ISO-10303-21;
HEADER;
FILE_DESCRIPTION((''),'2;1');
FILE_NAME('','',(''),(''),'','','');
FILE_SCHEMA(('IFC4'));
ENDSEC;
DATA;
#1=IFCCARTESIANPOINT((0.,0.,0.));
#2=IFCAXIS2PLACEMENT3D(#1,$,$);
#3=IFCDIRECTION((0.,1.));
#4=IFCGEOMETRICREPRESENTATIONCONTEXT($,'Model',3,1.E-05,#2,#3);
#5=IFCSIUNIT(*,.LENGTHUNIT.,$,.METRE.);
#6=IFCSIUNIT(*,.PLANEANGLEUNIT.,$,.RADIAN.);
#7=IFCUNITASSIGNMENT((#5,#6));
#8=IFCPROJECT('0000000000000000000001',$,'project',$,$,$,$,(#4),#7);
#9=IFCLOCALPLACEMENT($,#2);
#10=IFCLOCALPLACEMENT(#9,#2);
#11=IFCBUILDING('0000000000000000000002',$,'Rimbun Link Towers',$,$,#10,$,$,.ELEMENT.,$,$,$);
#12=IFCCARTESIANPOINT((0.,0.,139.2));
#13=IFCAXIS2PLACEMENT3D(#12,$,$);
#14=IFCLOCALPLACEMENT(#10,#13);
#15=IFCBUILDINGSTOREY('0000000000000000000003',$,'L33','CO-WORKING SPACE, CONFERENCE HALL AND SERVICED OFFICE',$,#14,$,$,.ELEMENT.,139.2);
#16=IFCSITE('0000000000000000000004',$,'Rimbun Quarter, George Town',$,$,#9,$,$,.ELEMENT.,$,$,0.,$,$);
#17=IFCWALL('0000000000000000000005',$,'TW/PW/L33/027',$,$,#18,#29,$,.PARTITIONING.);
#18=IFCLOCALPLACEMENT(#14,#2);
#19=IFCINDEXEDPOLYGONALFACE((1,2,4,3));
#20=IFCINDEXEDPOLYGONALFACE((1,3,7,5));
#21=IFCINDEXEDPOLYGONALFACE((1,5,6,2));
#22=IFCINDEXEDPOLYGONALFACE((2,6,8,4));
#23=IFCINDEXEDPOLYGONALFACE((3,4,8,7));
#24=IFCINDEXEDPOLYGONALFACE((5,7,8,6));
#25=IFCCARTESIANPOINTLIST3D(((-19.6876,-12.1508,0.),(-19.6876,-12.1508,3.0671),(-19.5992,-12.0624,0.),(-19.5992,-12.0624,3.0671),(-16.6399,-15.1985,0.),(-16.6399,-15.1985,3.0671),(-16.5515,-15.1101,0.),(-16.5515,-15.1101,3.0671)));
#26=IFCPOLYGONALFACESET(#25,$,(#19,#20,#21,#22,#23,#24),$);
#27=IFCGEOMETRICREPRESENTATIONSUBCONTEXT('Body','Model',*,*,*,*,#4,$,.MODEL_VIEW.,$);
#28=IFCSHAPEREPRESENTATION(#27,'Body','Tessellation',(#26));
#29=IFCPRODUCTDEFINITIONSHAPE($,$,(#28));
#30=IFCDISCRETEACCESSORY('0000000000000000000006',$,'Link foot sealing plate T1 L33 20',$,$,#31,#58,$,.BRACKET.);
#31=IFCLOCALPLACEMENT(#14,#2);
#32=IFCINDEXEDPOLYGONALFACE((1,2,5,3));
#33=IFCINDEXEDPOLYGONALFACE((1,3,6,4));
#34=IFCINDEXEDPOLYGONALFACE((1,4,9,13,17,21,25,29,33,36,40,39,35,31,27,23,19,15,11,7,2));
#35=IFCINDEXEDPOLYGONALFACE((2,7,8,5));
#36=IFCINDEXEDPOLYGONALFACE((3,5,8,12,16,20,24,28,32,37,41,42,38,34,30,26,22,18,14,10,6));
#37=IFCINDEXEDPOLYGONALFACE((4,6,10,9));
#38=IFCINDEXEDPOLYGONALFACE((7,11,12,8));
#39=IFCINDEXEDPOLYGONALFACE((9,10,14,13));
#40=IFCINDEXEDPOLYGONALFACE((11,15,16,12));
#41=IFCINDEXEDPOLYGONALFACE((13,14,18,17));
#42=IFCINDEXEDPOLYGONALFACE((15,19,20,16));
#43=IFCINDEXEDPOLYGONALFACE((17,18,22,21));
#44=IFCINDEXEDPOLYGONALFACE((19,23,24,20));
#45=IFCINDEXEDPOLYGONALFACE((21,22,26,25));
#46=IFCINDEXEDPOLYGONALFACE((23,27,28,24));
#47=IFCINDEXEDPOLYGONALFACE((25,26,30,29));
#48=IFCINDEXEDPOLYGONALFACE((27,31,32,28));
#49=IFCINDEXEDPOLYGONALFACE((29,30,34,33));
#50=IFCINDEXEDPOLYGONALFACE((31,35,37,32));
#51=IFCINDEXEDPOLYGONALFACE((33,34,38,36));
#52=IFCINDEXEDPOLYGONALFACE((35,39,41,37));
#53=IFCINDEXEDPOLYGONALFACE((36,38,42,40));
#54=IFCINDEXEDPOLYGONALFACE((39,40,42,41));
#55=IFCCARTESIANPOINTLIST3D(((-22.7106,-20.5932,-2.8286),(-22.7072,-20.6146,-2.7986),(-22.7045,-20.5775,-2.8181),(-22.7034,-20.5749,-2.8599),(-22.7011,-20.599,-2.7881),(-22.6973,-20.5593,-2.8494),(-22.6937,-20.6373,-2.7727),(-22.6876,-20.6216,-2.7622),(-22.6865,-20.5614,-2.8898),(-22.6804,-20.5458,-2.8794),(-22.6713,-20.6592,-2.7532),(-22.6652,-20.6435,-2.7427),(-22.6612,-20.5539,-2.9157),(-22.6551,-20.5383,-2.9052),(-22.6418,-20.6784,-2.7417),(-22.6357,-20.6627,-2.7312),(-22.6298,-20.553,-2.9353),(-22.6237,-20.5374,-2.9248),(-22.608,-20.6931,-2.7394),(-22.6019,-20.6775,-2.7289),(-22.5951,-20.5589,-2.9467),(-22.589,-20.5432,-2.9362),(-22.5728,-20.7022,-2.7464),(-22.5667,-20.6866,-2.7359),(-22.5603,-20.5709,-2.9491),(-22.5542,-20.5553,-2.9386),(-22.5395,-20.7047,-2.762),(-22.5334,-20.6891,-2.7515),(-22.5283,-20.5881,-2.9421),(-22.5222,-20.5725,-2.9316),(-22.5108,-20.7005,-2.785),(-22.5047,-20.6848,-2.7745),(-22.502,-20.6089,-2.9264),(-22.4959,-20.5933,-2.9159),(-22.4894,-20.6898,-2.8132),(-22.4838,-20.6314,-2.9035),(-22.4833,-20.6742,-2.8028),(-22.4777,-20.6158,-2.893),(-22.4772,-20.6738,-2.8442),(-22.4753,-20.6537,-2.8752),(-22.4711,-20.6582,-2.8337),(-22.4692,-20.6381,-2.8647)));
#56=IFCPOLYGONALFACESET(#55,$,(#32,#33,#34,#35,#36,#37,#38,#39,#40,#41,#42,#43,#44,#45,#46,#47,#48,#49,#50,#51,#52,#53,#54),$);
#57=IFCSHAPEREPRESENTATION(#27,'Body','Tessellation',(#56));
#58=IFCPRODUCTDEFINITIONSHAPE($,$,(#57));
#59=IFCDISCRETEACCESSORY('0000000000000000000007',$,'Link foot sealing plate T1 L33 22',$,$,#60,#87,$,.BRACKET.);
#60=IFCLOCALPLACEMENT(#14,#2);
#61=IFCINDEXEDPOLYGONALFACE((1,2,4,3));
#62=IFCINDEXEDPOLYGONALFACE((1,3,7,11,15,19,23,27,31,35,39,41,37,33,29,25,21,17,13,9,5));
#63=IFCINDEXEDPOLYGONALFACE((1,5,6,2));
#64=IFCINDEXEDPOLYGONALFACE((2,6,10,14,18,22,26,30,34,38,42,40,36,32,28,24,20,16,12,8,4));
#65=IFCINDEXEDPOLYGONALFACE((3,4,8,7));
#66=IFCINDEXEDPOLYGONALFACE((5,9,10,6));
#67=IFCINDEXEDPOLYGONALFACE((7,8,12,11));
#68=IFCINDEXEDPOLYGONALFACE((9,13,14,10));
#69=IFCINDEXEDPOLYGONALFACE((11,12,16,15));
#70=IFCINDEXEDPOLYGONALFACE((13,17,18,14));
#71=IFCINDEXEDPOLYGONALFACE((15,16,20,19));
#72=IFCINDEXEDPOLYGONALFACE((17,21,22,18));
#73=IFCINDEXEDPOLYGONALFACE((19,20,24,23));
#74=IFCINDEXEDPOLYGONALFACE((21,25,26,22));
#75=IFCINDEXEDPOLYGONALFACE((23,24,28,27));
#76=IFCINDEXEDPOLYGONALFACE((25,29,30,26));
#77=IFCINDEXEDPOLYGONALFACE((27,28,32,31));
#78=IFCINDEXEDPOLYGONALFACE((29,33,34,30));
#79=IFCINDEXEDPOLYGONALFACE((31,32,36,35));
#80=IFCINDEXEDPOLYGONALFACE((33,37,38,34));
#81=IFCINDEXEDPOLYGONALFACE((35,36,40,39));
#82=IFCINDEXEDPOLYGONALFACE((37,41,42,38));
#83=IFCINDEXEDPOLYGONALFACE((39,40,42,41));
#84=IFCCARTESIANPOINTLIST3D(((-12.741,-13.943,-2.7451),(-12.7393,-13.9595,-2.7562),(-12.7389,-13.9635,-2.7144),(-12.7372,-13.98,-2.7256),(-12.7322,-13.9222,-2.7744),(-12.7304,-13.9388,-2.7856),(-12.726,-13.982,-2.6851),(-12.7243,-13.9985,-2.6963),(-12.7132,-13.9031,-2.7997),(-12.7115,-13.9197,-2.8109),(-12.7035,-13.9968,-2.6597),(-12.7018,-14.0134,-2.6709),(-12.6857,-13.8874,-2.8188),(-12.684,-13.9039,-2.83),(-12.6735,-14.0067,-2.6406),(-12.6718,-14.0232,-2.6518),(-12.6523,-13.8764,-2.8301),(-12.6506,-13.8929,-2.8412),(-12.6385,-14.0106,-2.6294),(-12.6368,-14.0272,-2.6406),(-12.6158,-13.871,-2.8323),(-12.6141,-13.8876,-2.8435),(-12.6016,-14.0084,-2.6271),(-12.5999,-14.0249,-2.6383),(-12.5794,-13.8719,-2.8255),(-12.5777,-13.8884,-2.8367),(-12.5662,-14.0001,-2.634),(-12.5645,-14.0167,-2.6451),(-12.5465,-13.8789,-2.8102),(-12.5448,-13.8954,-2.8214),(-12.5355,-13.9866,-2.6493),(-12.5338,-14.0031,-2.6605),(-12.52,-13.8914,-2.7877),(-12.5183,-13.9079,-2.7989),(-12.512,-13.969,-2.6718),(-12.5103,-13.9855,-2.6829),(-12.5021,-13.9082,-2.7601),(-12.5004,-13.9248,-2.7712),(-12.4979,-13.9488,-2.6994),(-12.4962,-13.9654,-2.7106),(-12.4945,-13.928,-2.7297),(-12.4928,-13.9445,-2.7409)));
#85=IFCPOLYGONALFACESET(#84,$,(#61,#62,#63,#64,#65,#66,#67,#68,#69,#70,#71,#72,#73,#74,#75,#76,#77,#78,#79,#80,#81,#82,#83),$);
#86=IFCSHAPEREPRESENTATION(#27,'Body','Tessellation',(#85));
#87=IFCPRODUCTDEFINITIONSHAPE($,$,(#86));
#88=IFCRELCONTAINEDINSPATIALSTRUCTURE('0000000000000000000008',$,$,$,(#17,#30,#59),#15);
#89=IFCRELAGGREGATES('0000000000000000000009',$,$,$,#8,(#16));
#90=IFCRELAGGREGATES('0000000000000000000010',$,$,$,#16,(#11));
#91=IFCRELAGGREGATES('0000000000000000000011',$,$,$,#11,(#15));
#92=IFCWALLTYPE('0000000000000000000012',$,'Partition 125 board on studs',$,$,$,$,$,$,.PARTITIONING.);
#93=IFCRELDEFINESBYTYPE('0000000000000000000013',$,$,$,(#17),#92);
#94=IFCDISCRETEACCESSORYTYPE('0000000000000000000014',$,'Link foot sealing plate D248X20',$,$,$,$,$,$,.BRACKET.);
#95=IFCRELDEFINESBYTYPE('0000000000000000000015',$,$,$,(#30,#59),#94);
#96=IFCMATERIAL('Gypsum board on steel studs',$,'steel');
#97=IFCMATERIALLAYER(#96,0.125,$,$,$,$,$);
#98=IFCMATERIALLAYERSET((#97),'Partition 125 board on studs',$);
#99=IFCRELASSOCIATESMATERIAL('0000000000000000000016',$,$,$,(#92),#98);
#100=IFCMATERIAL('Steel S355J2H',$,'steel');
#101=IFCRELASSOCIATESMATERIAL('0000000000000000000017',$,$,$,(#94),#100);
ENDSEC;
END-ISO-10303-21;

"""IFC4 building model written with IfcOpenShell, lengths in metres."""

from ifc_helpers import new_model, si_unit, direction, frame, frame_2d, origin, origin_2d, place, context, subcontext, project, spatial, rectangle, circle, extrude, material, layer, layer_set, material_profile, profile_set, type_object, element, save


model = new_model("IFC4")

# Units and contexts
model_context = context("Model", 3, precision=1e-05, world=origin(), true_north=direction((0.0, 1.0)))
body_context = subcontext(model_context, "Body", "Model", "MODEL_VIEW")
ifc_project = project(units=[si_unit("LENGTHUNIT", "METRE"), si_unit("PLANEANGLEUNIT", "RADIAN")], contexts=[model_context])

# Site, building, storey
site_placement = place(None, origin())
site = spatial("IfcSite", under=ifc_project, at=site_placement, Name="Rimbun Quarter, George Town", CompositionType="ELEMENT", RefElevation=0.0)
building_placement = place(site_placement, origin())
building = spatial("IfcBuilding", under=site, at=building_placement, Name="Rimbun Link Towers", CompositionType="ELEMENT")
storey_placement = place(building_placement, frame((0.0, 0.0, 139.2)))
storey = spatial("IfcBuildingStorey", under=building, at=storey_placement, Name="L33", Description="CO-WORKING SPACE, CONFERENCE HALL AND SERVICED OFFICE", CompositionType="ELEMENT", Elevation=139.2)

# Shared definitions
ifc_material_1 = material(Name="Gypsum board on steel studs", Category="steel")
ifc_layer_1 = layer(ifc_material_1, 0.125)
ifc_layer_set_1 = layer_set([ifc_layer_1], Name="Partition 125 board on studs")
wall_type = type_object("IfcWallType", Name="Partition 125 board on studs", PredefinedType="PARTITIONING", material=ifc_layer_set_1)

# Wall
wall_1_placement = place(storey_placement, frame((-16.5957, -15.1543, 0.0), z_axis=(0.0, 0.0, 1.0), x_axis=(-0.707107, 0.707107, 0.0)))
element("IfcWall", 1, at=wall_1_placement, inside=storey, type_object=wall_type, Name="TW/PW/L33/027", PredefinedType="PARTITIONING", context=body_context, shape_type="SweptSolid", body=[
    extrude(rectangle(XDim=4.3101, YDim=0.125, at=frame_2d((2.155, 0.0))), origin(), (0.0, 0.0, 1.0), 3.0671),
])

# Discrete accessories
ifc_material_2 = material(Name="Steel S355J2H", Category="steel")
ifc_material_profile_1 = material_profile(ifc_material_2, circle(Radius=0.124, at=origin_2d()), Name="PL D248")
ifc_profile_set_1 = profile_set([ifc_material_profile_1], Name="Steel S355J2H")
discrete_accessory_type = type_object("IfcDiscreteAccessoryType", Name="Link foot sealing plate D248X20", PredefinedType="BRACKET", material=ifc_profile_set_1)
discrete_accessory_1_placement = place(storey_placement, frame((-22.5867, -20.613, -2.8337), z_axis=(-0.308431, -0.789582, -0.5305), x_axis=(0.931457, -0.363851, 0.0)))
element("IfcDiscreteAccessory", 2, at=discrete_accessory_1_placement, inside=storey, type_object=discrete_accessory_type, Name="Link foot sealing plate T1 L33 20", PredefinedType="BRACKET", context=body_context, shape_type="SweptSolid", body=[
    extrude(circle(Radius=0.124, at=origin_2d()), origin(), (0.0, 0.0, 1.0), 0.0198),
])
discrete_accessory_2_placement = place(storey_placement, frame((-12.6179, -13.9407, -2.7297), z_axis=(0.084956, -0.825289, -0.558284), x_axis=(0.994743, 0.1024, 0.0)))
element("IfcDiscreteAccessory", 3, at=discrete_accessory_2_placement, inside=storey, type_object=discrete_accessory_type, Name="Link foot sealing plate T1 L33 22", PredefinedType="BRACKET", context=body_context, shape_type="SweptSolid", body=[
    extrude(circle(Radius=0.124, at=origin_2d()), origin(), (0.0, 0.0, 1.0), 0.02),
])

save(model, "model.ifc")
